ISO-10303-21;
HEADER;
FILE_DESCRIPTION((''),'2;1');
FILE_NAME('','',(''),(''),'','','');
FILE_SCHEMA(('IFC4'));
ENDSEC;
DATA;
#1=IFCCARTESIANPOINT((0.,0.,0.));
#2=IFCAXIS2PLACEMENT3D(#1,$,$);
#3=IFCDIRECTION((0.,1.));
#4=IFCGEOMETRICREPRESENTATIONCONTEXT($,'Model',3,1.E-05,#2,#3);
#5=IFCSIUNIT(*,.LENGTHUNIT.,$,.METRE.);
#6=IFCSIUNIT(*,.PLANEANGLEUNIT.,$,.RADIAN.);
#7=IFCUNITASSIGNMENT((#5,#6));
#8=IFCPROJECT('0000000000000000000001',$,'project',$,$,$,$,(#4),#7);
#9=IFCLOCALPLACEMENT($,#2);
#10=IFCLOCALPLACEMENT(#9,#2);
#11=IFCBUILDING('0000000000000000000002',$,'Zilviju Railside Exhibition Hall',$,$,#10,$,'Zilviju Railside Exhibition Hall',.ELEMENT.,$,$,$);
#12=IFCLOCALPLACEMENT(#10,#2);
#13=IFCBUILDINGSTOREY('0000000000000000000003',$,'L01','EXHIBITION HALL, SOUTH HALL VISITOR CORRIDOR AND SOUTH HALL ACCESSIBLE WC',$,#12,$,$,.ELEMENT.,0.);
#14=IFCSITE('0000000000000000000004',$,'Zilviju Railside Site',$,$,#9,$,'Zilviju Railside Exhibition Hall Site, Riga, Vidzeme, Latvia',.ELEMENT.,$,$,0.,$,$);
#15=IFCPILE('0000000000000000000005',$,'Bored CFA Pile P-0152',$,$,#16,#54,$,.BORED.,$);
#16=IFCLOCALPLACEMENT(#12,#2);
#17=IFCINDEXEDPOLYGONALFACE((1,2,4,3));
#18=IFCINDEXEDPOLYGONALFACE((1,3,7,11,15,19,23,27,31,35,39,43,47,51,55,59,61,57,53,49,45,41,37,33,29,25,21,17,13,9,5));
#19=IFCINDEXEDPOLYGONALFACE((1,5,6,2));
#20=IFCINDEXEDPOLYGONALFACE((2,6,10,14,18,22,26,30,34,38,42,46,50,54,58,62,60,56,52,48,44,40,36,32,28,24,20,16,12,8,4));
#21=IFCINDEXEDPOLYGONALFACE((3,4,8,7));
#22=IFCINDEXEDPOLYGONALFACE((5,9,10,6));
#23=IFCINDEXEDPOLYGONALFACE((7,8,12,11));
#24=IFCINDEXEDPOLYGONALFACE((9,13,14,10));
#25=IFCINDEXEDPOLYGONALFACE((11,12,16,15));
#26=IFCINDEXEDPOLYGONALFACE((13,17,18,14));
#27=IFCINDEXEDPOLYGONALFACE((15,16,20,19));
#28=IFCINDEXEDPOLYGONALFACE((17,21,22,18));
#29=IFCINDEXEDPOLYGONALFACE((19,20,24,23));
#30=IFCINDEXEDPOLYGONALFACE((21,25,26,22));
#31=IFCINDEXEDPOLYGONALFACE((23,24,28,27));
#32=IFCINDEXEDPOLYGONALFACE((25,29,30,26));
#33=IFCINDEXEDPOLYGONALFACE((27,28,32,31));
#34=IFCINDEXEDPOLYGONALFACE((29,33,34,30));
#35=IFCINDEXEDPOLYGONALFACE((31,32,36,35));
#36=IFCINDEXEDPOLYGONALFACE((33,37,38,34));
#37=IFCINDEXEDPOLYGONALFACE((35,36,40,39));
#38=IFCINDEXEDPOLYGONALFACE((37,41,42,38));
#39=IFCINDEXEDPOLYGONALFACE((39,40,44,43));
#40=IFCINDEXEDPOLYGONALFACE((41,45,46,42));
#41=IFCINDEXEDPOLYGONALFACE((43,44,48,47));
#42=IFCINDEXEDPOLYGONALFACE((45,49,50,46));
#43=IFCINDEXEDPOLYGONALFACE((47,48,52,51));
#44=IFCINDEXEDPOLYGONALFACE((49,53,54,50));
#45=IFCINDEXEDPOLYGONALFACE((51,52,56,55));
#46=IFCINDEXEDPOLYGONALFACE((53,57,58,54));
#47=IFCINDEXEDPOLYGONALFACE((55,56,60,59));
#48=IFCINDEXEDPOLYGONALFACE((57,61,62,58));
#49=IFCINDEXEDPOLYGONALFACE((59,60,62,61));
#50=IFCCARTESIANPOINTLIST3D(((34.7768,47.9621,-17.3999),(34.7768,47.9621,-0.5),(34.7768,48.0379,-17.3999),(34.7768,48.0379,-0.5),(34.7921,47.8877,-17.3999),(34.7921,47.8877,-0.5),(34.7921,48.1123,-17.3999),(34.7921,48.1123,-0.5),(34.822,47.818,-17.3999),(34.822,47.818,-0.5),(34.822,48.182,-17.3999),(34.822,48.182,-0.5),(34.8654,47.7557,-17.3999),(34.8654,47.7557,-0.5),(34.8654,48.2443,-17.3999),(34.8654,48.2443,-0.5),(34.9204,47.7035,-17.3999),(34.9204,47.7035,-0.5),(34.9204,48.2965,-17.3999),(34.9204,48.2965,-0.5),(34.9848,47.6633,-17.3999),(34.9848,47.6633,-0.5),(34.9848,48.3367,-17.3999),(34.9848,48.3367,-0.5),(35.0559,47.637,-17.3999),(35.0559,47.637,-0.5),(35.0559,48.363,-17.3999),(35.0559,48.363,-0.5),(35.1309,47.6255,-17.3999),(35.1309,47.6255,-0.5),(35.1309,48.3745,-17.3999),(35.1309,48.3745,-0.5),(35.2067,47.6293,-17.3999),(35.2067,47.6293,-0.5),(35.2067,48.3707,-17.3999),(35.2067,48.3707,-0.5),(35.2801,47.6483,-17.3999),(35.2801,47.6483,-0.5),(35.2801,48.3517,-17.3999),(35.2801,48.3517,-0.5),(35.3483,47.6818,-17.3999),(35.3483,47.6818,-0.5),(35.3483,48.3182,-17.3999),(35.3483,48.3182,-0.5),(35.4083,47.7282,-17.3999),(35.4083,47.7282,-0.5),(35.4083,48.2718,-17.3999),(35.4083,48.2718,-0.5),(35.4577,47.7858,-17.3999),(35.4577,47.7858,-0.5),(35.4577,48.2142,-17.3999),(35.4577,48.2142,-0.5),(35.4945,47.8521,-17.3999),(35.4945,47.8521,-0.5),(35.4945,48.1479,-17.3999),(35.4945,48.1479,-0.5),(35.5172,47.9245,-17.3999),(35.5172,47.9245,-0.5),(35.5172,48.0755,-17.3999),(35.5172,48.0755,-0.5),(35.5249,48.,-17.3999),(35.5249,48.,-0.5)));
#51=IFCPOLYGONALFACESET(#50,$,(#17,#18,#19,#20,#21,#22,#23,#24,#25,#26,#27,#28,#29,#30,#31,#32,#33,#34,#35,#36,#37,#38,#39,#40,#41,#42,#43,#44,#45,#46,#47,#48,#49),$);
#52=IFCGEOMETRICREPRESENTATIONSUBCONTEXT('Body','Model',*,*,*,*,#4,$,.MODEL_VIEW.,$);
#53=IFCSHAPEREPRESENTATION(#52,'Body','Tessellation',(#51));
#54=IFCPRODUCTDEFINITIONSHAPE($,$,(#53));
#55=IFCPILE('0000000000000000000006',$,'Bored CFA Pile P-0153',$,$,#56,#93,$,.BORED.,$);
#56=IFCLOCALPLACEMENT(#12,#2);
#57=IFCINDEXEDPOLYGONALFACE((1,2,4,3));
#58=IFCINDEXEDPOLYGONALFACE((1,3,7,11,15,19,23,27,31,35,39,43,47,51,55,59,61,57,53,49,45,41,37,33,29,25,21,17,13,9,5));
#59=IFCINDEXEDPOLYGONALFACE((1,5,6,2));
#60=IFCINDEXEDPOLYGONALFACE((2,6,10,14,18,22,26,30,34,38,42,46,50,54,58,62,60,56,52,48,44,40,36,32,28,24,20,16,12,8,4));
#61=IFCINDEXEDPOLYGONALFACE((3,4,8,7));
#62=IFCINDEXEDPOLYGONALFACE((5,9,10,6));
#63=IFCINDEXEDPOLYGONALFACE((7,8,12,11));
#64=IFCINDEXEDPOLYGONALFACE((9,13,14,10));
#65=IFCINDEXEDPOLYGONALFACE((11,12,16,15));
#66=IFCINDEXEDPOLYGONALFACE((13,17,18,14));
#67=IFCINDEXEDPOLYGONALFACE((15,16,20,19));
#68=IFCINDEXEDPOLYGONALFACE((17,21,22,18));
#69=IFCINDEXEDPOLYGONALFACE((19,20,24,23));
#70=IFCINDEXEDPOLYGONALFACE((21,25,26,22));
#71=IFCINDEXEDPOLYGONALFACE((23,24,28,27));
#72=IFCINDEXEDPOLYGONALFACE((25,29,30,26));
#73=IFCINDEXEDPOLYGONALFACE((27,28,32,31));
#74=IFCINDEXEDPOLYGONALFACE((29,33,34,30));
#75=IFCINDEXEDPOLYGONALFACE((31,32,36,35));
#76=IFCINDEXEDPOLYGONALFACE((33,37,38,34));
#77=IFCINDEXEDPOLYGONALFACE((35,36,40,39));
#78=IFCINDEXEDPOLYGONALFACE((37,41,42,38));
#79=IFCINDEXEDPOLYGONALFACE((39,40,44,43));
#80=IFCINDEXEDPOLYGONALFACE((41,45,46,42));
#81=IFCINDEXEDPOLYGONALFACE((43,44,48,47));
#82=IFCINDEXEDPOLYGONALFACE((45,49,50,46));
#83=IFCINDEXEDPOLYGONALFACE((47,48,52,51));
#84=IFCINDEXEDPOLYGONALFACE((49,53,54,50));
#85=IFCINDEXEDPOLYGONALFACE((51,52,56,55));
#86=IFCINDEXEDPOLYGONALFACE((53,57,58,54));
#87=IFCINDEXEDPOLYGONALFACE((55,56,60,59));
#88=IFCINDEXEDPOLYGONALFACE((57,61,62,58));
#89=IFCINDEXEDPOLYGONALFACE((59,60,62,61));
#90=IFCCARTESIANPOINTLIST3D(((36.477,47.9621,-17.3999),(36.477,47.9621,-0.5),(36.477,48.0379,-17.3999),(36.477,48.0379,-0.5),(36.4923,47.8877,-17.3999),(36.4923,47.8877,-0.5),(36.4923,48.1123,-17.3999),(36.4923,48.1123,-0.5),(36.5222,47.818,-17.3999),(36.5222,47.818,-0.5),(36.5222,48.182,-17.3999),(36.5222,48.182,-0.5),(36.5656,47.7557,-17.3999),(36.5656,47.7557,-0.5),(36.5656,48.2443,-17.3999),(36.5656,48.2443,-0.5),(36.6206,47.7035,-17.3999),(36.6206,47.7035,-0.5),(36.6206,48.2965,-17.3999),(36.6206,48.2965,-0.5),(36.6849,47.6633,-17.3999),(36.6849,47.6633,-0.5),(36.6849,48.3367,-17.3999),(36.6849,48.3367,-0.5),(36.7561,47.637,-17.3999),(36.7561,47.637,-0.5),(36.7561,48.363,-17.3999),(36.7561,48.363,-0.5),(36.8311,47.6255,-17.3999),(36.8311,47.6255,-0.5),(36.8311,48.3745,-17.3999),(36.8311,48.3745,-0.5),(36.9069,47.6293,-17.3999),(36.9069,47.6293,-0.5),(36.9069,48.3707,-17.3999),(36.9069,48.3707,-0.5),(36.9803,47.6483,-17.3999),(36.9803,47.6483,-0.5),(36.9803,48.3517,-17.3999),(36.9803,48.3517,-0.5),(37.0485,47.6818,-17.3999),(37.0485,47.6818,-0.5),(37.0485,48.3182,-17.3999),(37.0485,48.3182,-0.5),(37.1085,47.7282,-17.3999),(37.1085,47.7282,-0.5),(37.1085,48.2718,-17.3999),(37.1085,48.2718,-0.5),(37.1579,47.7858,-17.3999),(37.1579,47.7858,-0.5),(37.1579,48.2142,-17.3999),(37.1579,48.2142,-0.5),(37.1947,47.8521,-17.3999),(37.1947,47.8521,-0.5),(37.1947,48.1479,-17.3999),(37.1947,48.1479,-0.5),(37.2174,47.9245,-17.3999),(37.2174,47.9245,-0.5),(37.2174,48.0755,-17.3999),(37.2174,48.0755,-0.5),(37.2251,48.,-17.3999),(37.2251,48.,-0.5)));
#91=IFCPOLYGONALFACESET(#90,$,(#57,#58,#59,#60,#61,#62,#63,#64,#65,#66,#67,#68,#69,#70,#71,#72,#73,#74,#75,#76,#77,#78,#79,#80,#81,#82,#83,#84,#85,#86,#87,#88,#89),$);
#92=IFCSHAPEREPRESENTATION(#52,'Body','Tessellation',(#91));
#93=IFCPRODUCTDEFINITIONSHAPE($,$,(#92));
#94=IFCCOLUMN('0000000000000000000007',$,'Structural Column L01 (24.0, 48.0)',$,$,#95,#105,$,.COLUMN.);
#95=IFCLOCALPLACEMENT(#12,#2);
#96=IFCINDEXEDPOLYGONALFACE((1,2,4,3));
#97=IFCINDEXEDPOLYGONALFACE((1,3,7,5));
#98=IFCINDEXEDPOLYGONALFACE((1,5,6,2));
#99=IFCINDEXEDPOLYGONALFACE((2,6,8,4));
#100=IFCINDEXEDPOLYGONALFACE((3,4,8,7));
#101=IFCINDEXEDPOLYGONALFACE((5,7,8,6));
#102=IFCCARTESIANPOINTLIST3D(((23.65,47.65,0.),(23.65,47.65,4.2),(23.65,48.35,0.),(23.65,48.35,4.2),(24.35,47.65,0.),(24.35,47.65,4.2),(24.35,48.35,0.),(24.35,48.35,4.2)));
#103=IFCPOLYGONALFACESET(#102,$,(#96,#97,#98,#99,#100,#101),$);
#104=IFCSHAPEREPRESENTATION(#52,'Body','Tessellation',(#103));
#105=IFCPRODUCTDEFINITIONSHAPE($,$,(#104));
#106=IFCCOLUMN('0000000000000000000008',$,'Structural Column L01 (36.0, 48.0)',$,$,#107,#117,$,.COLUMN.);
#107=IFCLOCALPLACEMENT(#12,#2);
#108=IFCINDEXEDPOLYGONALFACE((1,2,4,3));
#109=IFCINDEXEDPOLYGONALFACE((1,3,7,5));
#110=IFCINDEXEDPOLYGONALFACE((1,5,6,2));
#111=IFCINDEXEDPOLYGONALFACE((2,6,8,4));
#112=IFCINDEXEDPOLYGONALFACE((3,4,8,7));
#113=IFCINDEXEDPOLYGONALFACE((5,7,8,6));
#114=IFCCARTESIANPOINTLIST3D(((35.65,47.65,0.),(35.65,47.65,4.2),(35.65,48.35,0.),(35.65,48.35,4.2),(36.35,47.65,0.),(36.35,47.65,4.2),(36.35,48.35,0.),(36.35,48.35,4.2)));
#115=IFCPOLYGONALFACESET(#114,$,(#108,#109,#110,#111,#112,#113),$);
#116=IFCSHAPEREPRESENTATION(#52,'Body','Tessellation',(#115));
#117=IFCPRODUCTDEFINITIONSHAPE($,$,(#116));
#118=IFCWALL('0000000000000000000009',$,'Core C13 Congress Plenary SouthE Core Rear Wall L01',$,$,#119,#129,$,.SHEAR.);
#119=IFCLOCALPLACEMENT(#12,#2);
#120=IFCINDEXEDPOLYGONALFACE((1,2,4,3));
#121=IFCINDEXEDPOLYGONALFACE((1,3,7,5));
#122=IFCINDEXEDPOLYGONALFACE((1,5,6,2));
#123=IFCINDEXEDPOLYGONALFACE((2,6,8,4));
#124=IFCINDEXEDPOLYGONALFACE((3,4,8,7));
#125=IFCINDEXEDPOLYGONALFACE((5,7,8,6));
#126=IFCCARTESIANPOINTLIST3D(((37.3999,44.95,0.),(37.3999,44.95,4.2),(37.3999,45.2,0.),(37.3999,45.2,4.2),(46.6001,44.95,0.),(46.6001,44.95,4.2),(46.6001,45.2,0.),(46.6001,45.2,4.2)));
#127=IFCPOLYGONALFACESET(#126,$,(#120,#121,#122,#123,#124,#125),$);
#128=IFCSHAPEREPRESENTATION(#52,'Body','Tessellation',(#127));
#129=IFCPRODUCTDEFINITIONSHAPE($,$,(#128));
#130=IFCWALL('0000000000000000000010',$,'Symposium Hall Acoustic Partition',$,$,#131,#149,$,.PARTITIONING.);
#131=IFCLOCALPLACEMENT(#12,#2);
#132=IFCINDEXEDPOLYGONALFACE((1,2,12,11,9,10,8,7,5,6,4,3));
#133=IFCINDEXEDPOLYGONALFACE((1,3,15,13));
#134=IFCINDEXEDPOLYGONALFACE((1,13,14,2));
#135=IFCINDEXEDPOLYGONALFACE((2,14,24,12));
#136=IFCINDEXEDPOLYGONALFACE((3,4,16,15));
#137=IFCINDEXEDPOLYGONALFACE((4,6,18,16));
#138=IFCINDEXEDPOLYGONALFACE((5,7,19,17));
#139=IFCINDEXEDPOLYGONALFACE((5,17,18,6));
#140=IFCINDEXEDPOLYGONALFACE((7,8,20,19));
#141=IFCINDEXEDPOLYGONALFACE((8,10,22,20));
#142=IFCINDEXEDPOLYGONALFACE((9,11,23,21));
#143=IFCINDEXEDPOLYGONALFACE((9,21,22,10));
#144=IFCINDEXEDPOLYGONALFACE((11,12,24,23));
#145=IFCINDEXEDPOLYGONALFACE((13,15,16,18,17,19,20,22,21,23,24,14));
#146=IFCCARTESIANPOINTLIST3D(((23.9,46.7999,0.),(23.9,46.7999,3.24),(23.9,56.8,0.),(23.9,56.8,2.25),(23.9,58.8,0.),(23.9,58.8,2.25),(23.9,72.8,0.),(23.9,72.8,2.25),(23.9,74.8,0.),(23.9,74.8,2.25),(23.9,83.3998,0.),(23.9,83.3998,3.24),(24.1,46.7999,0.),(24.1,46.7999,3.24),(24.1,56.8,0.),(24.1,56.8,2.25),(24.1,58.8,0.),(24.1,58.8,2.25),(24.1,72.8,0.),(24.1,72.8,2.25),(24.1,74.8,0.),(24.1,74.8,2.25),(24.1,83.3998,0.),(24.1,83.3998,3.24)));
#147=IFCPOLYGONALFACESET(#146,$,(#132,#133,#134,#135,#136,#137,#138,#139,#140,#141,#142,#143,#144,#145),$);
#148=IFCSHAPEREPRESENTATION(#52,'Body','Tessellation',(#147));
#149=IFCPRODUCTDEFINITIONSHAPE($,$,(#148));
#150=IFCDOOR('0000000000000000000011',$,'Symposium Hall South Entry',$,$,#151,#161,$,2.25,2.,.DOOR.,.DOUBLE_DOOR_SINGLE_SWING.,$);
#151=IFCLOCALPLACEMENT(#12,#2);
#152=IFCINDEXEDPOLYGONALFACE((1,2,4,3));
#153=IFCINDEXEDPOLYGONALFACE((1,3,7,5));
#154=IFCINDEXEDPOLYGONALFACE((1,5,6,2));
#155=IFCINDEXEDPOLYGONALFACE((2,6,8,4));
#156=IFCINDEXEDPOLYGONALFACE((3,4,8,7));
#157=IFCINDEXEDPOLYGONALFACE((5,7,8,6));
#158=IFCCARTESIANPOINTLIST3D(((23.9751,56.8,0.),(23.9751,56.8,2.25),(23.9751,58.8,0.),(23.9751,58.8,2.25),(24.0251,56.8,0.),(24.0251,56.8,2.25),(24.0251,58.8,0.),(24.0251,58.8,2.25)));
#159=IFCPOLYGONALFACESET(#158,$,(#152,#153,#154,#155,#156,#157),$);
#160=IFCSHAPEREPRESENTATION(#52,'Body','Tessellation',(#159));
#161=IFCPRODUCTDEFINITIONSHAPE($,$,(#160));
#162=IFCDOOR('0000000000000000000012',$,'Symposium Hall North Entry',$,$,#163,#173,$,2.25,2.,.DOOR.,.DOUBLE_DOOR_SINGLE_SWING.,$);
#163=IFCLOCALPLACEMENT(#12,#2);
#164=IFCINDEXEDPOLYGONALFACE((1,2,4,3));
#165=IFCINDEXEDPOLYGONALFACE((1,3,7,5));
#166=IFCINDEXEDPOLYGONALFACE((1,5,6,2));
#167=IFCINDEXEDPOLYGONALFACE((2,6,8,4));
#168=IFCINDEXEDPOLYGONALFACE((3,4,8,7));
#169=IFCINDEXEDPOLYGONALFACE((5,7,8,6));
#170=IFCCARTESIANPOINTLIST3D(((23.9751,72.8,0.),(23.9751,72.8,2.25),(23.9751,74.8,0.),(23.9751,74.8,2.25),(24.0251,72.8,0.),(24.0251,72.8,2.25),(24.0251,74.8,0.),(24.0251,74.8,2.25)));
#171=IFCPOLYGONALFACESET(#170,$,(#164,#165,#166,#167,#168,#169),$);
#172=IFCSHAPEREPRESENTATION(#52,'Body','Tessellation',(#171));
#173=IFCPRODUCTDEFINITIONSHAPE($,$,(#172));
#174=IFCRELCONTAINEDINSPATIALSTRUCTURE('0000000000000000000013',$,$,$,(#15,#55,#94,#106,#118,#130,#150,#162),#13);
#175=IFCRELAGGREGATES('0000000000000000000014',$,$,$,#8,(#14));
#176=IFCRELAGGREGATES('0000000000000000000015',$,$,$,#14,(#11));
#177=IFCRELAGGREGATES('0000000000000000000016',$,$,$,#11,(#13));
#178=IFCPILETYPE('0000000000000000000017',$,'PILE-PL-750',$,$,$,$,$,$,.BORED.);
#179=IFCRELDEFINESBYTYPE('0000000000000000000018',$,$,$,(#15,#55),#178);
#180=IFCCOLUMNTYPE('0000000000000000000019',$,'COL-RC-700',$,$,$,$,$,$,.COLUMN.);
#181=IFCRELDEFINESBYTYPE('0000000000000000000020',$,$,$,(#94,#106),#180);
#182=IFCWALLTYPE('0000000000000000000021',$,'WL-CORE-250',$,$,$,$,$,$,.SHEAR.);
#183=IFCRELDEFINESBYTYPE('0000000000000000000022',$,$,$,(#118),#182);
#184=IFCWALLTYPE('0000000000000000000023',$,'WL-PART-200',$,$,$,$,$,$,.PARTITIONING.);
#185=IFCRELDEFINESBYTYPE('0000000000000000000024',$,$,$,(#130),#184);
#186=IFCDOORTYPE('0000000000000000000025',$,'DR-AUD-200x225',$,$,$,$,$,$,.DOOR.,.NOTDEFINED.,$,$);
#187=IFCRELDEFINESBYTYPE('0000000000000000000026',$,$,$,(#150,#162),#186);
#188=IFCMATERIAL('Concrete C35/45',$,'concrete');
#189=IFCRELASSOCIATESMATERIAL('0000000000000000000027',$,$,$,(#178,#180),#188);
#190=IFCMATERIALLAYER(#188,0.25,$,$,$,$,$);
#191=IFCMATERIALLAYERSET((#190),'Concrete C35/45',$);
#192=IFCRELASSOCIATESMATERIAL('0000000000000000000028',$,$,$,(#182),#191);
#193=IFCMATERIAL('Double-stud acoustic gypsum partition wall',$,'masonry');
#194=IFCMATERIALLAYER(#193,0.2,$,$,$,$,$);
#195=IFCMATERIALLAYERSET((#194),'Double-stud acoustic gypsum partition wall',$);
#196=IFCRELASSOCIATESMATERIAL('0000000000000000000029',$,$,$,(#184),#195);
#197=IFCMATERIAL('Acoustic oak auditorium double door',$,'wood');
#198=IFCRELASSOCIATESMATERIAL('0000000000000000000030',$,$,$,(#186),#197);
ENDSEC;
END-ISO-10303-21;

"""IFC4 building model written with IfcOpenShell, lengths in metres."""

from ifc_helpers import new_model, si_unit, direction, frame, frame_2d, origin, origin_2d, place, context, subcontext, project, spatial, rectangle, circle, extrude, material, layer, layer_set, material_profile, profile_set, type_object, element, fill, save


model = new_model("IFC4")

# Units and contexts
model_context = context("Model", 3, precision=1e-05, world=origin(), true_north=direction((0.0, 1.0)))
body_context = subcontext(model_context, "Body", "Model", "MODEL_VIEW")
ifc_project = project(units=[si_unit("LENGTHUNIT", "METRE"), si_unit("PLANEANGLEUNIT", "RADIAN")], contexts=[model_context])

# Site, building, storey
site_placement = place(None, origin())
site = spatial("IfcSite", under=ifc_project, at=site_placement, Name="Zilviju Railside Site", LongName="Zilviju Railside Exhibition Hall Site, Riga, Vidzeme, Latvia", CompositionType="ELEMENT", RefElevation=0.0)
building_placement = place(site_placement, origin())
building = spatial("IfcBuilding", under=site, at=building_placement, Name="Zilviju Railside Exhibition Hall", LongName="Zilviju Railside Exhibition Hall", CompositionType="ELEMENT")
storey_placement = place(building_placement, origin())
storey = spatial("IfcBuildingStorey", under=building, at=storey_placement, Name="L01", Description="EXHIBITION HALL, SOUTH HALL VISITOR CORRIDOR AND SOUTH HALL ACCESSIBLE WC", CompositionType="ELEMENT", Elevation=0.0)

# Shared definitions
ifc_material_1 = material(Name="Concrete C35/45", Category="concrete")

# Piles
ifc_material_profile_1 = material_profile(ifc_material_1, circle(Radius=0.375, at=origin_2d()), Name="CFA PILE D750")
ifc_profile_set_1 = profile_set([ifc_material_profile_1], Name="Concrete C35/45")
pile_type = type_object("IfcPileType", Name="PILE-PL-750", PredefinedType="BORED", material=ifc_profile_set_1)
for number, where, z_axis, x_axis, name in (
    (1, (35.1499, 48.0, -0.5), (0.0, 0.0, -1.0), (1.0, 0.0, 0.0), "Bored CFA Pile P-0152"),
    (2, (36.8501, 48.0, -0.5), (0.0, 0.0, -1.0), (1.0, 0.0, 0.0), "Bored CFA Pile P-0153"),
):
    element("IfcPile", number, at=place(storey_placement, frame(where, z_axis=z_axis, x_axis=x_axis)), inside=storey, type_object=pile_type, Name=name, PredefinedType="BORED", context=body_context, shape_type="SweptSolid", body=[
        extrude(circle(Radius=0.375, at=origin_2d()), origin(), (0.0, 0.0, 1.0), 16.8999),
    ])

# Columns
ifc_material_profile_2 = material_profile(ifc_material_1, rectangle(XDim=0.7, YDim=0.7, at=origin_2d()), Name="RC COL 700x700")
ifc_profile_set_2 = profile_set([ifc_material_profile_2], Name="Concrete C35/45")
column_type = type_object("IfcColumnType", Name="COL-RC-700", PredefinedType="COLUMN", material=ifc_profile_set_2)
for number, where, z_axis, x_axis, name in (
    (3, (24.0, 48.0, 0.0), (0.0, 0.0, 1.0), (1.0, 0.0, 0.0), "Structural Column L01 (24.0, 48.0)"),
    (4, (36.0, 48.0, 0.0), (0.0, 0.0, 1.0), (1.0, 0.0, 0.0), "Structural Column L01 (36.0, 48.0)"),
):
    element("IfcColumn", number, at=place(storey_placement, frame(where, z_axis=z_axis, x_axis=x_axis)), inside=storey, type_object=column_type, Name=name, PredefinedType="COLUMN", context=body_context, shape_type="SweptSolid", body=[
        extrude(rectangle(XDim=0.7, YDim=0.7, at=origin_2d()), origin(), (0.0, 0.0, 1.0), 4.2),
    ])

# Wall
ifc_layer_1 = layer(ifc_material_1, 0.25)
ifc_layer_set_1 = layer_set([ifc_layer_1], Name="Concrete C35/45")
wall_type_1 = type_object("IfcWallType", Name="WL-CORE-250", PredefinedType="SHEAR", material=ifc_layer_set_1)
wall_1_placement = place(storey_placement, frame((37.3999, 45.075, 0.0), z_axis=(0.0, 0.0, 1.0), x_axis=(1.0, 0.0, 0.0)))
element("IfcWall", 5, at=wall_1_placement, inside=storey, type_object=wall_type_1, Name="Core C13 Congress Plenary SouthE Core Rear Wall L01", PredefinedType="SHEAR", context=body_context, shape_type="SweptSolid", body=[
    extrude(rectangle(XDim=9.2002, YDim=0.25, at=frame_2d((4.6001, 0.0))), origin(), (0.0, 0.0, 1.0), 4.2),
])

# Wall, openings, doors
ifc_material_2 = material(Name="Double-stud acoustic gypsum partition wall", Category="masonry")
ifc_layer_2 = layer(ifc_material_2, 0.2)
ifc_layer_set_2 = layer_set([ifc_layer_2], Name="Double-stud acoustic gypsum partition wall")
wall_type_2 = type_object("IfcWallType", Name="WL-PART-200", PredefinedType="PARTITIONING", material=ifc_layer_set_2)
wall_2_placement = place(storey_placement, frame((24.0, 46.8, 0.0), z_axis=(0.0, 0.0, 1.0), x_axis=(0.0, 1.0, 0.0)))
wall_2 = element("IfcWall", 6, at=wall_2_placement, inside=storey, type_object=wall_type_2, Name="Symposium Hall Acoustic Partition", PredefinedType="PARTITIONING", context=body_context, shape_type="SweptSolid", body=[
    extrude(rectangle(XDim=36.5999, YDim=0.2, at=frame_2d((18.2998, 0.0))), origin(), (0.0, 0.0, 1.0), 3.24),
])
opening_1_placement = place(wall_2_placement, frame((10.0, 0.0, 0.0)))
opening_1 = element("IfcOpeningElement", 7, at=opening_1_placement, cuts=wall_2, PredefinedType="OPENING", context=body_context, shape_type="SweptSolid", body=[
    extrude(rectangle(XDim=2.0, YDim=2.25, at=frame_2d((1.0, 1.125))), frame((0.0, 0.1099, 0.0), z_axis=(0.0, -1.0, 0.0), x_axis=(1.0, 0.0, 0.0)), (0.0, 0.0, 1.0), 0.22),
])
opening_2_placement = place(wall_2_placement, frame((26.0, 0.0, 0.0)))
opening_2 = element("IfcOpeningElement", 8, at=opening_2_placement, cuts=wall_2, PredefinedType="OPENING", context=body_context, shape_type="SweptSolid", body=[
    extrude(rectangle(XDim=2.0, YDim=2.25, at=frame_2d((1.0, 1.125))), frame((0.0, 0.1099, 0.0), z_axis=(0.0, -1.0, 0.0), x_axis=(1.0, 0.0, 0.0)), (0.0, 0.0, 1.0), 0.22),
])
ifc_material_3 = material(Name="Acoustic oak auditorium double door", Category="wood")
door_type = type_object("IfcDoorType", Name="DR-AUD-200x225", OperationType="NOTDEFINED", PredefinedType="DOOR", material=ifc_material_3)
door_1_placement = place(opening_1_placement, origin())
door_1 = element("IfcDoor", 9, at=door_1_placement, inside=storey, type_object=door_type, Name="Symposium Hall South Entry", OperationType="DOUBLE_DOOR_SINGLE_SWING", OverallHeight=2.25, OverallWidth=2.0, PredefinedType="DOOR", context=body_context, shape_type="SweptSolid", body=[
    extrude(rectangle(XDim=2.0, YDim=2.25, at=frame_2d((1.0, 1.125))), frame((0.0, 0.0249, 0.0), z_axis=(0.0, -1.0, 0.0), x_axis=(1.0, 0.0, 0.0)), (0.0, 0.0, 1.0), 0.05),
])
fill(opening_1, door_1)
door_2_placement = place(opening_2_placement, origin())
door_2 = element("IfcDoor", 10, at=door_2_placement, inside=storey, type_object=door_type, Name="Symposium Hall North Entry", OperationType="DOUBLE_DOOR_SINGLE_SWING", OverallHeight=2.25, OverallWidth=2.0, PredefinedType="DOOR", context=body_context, shape_type="SweptSolid", body=[
    extrude(rectangle(XDim=2.0, YDim=2.25, at=frame_2d((1.0, 1.125))), frame((0.0, 0.0249, 0.0), z_axis=(0.0, -1.0, 0.0), x_axis=(1.0, 0.0, 0.0)), (0.0, 0.0, 1.0), 0.05),
])
fill(opening_2, door_2)

save(model, "model.ifc")
